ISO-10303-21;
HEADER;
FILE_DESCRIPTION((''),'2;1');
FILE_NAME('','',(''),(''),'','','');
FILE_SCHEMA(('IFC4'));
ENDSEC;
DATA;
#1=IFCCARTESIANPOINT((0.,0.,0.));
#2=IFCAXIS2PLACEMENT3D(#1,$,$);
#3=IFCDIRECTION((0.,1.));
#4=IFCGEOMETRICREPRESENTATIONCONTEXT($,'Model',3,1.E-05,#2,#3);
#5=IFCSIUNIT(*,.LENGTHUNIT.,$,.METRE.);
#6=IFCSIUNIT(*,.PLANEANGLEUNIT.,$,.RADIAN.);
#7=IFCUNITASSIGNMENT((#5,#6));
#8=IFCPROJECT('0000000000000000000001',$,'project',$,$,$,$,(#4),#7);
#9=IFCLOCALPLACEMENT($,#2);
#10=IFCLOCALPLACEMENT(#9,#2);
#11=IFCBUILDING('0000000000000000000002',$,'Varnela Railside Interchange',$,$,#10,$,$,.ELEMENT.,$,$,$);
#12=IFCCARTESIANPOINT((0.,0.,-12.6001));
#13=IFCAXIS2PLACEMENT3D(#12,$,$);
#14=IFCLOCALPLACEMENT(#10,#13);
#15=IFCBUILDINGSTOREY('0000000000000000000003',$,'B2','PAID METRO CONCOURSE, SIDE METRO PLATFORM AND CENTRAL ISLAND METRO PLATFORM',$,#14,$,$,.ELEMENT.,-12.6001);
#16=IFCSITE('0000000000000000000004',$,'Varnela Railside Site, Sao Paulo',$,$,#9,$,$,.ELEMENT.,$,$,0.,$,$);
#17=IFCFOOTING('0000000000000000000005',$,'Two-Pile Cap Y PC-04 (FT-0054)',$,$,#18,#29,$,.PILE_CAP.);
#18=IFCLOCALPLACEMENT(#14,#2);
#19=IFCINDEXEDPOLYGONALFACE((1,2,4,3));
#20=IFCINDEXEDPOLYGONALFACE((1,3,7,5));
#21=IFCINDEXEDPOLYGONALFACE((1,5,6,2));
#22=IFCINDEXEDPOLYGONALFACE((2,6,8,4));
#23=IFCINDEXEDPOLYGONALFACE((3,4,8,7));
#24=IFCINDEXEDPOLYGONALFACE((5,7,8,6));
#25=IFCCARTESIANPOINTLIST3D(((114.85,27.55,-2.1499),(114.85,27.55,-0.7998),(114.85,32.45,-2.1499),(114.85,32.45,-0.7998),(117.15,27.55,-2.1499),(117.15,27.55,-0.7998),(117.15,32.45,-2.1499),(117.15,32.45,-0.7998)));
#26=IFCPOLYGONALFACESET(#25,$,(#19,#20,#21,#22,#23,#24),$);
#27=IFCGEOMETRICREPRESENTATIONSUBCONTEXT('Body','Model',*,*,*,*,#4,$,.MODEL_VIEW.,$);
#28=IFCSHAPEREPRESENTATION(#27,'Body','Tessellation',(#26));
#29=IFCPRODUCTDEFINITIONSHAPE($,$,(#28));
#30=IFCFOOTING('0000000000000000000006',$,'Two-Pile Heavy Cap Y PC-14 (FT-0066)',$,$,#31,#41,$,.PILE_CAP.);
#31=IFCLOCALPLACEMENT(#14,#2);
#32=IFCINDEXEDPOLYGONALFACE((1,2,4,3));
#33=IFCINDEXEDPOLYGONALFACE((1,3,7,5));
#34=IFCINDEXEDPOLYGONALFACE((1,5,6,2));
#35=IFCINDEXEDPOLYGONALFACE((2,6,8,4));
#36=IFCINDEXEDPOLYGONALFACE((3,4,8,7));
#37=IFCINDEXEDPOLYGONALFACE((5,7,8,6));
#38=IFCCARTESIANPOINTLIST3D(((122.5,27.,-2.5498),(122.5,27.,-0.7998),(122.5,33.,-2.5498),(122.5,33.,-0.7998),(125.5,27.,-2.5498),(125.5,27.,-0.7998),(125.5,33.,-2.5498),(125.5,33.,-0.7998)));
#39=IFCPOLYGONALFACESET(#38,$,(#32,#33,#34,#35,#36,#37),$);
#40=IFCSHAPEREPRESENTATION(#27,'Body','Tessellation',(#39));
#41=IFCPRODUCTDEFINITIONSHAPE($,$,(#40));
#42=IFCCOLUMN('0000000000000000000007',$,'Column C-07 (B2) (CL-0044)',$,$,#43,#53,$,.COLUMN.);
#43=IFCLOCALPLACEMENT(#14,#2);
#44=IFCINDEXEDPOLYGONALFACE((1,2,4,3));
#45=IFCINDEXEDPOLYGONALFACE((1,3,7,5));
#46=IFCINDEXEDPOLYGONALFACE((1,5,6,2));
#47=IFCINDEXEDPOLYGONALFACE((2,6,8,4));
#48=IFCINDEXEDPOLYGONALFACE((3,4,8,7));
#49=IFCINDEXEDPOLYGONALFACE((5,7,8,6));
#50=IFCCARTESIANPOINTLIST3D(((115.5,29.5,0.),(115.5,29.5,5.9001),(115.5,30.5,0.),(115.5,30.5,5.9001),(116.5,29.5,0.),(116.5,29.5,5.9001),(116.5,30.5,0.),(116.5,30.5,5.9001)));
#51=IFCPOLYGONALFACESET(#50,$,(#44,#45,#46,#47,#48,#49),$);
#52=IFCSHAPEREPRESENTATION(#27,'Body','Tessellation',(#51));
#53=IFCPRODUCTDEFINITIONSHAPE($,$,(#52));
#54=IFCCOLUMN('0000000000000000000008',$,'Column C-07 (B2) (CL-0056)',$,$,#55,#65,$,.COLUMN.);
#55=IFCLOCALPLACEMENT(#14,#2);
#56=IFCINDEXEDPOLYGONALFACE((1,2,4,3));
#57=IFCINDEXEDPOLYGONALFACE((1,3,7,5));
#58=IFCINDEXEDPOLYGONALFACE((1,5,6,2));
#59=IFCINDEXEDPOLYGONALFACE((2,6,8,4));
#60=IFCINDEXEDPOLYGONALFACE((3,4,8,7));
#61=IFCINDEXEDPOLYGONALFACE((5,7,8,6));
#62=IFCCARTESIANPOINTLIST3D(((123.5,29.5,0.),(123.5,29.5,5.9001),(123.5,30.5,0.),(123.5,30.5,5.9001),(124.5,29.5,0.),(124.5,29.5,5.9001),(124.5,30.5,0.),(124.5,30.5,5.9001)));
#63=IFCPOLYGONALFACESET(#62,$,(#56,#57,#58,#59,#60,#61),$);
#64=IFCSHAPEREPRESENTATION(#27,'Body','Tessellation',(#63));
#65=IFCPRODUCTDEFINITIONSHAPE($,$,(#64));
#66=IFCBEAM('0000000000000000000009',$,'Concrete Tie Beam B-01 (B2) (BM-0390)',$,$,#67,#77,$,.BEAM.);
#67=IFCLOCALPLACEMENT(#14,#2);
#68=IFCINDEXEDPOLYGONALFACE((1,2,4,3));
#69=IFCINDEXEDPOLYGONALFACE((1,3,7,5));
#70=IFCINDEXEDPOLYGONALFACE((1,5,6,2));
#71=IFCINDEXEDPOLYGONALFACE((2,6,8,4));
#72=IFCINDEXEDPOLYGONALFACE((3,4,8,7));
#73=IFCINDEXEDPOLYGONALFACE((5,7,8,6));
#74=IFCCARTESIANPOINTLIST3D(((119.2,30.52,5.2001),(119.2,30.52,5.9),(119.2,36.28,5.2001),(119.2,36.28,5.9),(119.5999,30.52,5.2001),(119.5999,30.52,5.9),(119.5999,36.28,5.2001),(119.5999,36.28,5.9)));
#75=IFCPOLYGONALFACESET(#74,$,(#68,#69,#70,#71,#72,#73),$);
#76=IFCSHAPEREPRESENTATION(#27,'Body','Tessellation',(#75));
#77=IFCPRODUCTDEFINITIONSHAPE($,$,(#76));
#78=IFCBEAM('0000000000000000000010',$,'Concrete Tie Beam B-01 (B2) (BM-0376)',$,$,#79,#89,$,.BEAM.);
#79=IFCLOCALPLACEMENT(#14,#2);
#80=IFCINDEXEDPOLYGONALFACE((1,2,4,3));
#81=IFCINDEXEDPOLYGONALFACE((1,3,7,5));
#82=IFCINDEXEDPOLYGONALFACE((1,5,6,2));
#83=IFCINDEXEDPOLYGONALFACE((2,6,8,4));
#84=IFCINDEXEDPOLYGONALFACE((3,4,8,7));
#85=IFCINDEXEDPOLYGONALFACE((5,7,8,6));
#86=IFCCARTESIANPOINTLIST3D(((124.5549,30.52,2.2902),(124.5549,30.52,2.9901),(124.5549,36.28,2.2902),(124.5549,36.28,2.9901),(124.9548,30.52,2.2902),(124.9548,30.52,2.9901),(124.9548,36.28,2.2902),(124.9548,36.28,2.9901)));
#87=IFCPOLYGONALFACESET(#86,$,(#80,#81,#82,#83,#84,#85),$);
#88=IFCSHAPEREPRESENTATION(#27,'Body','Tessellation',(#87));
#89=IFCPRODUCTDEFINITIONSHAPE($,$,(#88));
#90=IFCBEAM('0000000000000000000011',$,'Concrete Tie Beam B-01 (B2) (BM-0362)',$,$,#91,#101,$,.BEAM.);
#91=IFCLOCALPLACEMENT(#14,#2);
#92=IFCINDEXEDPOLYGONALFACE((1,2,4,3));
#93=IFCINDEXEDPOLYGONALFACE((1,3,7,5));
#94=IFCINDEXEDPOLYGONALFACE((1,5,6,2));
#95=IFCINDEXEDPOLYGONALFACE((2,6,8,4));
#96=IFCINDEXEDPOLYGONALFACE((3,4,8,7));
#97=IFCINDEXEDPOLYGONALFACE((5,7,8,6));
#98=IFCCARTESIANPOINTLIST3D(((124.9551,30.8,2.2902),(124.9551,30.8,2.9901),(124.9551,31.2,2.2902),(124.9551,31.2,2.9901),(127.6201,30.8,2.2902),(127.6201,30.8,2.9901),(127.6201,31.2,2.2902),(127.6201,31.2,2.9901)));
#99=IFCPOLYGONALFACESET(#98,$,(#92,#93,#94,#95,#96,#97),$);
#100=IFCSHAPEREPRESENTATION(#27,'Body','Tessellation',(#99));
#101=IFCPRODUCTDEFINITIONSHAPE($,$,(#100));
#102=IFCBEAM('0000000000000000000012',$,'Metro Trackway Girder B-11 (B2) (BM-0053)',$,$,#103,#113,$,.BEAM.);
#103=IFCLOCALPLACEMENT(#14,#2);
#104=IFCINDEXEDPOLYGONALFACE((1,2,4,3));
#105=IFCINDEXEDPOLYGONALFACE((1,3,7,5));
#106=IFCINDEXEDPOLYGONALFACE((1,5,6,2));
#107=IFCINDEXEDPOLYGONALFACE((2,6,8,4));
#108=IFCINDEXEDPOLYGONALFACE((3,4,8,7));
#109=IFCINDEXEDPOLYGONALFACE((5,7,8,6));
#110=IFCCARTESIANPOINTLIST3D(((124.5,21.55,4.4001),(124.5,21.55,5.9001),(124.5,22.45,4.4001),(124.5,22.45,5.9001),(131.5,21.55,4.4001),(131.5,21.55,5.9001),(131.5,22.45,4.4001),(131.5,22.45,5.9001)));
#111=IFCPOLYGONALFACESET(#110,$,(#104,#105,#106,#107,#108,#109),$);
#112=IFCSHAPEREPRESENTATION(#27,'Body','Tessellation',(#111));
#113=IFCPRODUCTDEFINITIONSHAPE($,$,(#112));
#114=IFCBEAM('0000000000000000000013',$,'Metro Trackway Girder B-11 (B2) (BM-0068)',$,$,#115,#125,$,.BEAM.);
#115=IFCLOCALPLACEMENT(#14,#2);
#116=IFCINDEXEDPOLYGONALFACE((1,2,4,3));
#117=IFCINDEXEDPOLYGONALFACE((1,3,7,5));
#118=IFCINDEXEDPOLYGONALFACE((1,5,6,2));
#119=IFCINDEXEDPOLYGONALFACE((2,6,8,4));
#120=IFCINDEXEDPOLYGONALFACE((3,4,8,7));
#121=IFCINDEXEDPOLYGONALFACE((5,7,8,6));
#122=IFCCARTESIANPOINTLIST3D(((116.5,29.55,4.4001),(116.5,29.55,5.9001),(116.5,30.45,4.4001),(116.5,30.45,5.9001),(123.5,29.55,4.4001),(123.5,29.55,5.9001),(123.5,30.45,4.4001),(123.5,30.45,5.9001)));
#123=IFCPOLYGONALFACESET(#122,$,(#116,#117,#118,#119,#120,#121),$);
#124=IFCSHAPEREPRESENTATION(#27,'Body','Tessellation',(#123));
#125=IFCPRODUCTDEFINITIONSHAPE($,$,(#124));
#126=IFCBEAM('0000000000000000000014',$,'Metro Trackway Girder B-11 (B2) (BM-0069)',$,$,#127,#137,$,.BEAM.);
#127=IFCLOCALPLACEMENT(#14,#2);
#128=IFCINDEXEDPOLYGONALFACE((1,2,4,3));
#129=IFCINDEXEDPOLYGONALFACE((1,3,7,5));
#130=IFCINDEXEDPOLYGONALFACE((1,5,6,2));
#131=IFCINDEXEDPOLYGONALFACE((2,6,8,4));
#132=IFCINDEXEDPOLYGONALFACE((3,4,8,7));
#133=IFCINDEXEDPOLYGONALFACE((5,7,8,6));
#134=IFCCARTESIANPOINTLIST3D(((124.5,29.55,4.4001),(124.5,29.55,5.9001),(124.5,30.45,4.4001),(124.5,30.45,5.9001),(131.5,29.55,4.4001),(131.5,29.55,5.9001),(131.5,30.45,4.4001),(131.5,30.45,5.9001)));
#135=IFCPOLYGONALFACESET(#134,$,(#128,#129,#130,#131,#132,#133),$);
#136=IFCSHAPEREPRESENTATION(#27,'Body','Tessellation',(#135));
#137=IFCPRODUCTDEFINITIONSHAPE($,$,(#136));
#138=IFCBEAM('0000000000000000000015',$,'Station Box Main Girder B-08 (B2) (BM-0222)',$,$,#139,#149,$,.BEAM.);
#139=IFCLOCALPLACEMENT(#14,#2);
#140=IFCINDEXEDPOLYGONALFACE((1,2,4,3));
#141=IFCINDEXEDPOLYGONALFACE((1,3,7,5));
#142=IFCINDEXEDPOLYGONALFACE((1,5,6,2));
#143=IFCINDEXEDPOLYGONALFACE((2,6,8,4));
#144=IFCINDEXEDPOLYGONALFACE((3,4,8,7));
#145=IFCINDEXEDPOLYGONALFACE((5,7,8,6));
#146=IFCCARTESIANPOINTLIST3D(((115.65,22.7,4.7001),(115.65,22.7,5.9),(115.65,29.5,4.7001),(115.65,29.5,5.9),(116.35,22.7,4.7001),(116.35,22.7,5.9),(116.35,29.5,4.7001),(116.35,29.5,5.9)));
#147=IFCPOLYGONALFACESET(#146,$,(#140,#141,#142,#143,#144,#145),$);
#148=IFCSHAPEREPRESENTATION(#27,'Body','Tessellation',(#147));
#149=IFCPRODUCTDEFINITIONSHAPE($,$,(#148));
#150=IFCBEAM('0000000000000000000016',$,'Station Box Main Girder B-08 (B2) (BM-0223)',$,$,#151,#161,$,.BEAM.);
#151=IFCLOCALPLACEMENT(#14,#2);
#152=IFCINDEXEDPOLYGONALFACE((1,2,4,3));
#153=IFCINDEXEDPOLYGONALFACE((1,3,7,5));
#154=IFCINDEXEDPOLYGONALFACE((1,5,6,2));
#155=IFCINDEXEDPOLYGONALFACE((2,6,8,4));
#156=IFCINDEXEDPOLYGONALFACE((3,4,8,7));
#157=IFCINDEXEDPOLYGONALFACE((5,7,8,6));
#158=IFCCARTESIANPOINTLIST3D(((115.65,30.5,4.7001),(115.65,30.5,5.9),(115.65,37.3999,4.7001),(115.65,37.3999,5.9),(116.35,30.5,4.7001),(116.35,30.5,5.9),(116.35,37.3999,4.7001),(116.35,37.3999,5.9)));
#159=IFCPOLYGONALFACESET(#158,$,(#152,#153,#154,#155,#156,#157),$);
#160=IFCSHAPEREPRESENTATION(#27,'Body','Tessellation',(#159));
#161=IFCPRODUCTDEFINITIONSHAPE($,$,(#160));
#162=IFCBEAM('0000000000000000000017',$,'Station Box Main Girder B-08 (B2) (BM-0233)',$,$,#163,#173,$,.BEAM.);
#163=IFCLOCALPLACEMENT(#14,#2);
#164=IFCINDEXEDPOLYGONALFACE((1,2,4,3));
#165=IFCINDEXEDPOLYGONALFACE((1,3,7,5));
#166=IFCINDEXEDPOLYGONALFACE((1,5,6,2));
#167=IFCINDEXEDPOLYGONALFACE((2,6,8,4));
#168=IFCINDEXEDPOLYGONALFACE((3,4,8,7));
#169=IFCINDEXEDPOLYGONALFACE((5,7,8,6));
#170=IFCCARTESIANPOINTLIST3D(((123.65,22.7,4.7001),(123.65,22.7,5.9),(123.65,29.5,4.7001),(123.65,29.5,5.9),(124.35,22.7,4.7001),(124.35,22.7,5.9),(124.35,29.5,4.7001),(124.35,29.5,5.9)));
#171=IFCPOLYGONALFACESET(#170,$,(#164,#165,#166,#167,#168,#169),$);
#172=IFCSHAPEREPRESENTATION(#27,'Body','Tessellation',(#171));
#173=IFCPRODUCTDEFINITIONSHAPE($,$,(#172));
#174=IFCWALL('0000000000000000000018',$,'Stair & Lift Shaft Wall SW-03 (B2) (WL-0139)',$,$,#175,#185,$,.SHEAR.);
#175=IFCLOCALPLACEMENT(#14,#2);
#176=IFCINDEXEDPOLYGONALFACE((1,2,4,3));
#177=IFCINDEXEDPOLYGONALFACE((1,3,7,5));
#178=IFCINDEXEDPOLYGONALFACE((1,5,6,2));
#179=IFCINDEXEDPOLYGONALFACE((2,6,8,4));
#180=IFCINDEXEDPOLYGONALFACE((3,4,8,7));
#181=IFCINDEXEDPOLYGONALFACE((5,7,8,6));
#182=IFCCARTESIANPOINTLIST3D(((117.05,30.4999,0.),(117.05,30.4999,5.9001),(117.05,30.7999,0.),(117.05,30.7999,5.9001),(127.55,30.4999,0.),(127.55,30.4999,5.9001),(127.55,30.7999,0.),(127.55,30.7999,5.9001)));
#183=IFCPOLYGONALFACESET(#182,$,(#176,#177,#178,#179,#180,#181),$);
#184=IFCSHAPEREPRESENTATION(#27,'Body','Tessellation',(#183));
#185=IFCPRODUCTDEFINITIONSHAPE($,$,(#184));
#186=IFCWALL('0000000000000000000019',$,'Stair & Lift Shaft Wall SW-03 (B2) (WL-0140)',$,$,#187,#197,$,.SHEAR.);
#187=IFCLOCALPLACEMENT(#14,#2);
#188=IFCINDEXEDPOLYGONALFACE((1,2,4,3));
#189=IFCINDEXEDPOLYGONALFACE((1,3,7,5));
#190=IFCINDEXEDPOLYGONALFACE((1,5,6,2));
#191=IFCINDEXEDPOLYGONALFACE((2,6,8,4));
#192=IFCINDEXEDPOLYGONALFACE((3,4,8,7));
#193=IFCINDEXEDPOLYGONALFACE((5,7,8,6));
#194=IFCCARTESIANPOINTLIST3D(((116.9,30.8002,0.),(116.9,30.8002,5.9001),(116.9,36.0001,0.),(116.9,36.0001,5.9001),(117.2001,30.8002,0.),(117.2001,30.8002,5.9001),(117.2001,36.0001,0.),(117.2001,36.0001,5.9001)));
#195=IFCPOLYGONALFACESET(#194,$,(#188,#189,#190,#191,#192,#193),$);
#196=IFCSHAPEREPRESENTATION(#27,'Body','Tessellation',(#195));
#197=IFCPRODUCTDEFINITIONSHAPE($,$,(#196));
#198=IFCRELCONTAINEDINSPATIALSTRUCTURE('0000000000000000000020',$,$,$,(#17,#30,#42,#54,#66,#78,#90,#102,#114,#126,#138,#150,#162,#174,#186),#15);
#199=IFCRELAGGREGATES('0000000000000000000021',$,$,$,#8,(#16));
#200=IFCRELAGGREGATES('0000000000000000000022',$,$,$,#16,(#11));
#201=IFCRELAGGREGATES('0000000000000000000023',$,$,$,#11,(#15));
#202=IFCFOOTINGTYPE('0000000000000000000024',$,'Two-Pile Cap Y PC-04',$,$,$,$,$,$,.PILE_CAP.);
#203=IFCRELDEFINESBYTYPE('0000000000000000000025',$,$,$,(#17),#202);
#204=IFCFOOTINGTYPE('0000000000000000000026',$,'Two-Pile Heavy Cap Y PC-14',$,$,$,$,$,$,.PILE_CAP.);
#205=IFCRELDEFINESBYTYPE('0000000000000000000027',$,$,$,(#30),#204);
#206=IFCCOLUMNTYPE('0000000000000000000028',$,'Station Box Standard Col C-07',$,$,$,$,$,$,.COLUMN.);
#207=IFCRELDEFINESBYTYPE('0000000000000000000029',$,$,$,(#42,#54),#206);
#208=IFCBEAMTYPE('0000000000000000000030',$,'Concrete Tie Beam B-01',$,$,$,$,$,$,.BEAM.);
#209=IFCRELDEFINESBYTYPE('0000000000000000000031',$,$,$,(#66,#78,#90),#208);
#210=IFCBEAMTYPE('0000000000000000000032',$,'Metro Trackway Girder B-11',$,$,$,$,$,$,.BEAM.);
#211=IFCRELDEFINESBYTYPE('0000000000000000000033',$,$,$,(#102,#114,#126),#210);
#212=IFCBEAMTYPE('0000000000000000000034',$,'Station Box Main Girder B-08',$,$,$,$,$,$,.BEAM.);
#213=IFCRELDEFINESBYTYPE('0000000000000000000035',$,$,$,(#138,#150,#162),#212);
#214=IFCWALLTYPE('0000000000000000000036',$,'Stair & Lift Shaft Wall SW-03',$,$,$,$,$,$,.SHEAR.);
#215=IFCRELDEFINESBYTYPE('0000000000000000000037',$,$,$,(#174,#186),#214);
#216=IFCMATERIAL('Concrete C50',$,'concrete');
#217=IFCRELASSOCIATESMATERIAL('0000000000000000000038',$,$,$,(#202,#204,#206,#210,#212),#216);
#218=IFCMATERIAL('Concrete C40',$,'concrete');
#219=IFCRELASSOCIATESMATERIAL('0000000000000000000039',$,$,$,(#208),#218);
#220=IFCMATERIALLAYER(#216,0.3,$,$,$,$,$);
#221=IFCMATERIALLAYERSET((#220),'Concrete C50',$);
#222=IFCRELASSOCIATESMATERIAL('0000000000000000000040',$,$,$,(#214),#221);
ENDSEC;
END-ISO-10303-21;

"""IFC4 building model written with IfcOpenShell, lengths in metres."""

from ifc_helpers import new_model, si_unit, direction, frame, frame_2d, origin, origin_2d, place, context, subcontext, project, spatial, rectangle, extrude, material, layer, layer_set, material_profile, profile_set, type_object, element, save


model = new_model("IFC4")

# Units and contexts
model_context = context("Model", 3, precision=1e-05, world=origin(), true_north=direction((0.0, 1.0)))
body_context = subcontext(model_context, "Body", "Model", "MODEL_VIEW")
ifc_project = project(units=[si_unit("LENGTHUNIT", "METRE"), si_unit("PLANEANGLEUNIT", "RADIAN")], contexts=[model_context])

# Site, building, storey
site_placement = place(None, origin())
site = spatial("IfcSite", under=ifc_project, at=site_placement, Name="Varnela Railside Site, Sao Paulo", CompositionType="ELEMENT", RefElevation=0.0)
building_placement = place(site_placement, origin())
building = spatial("IfcBuilding", under=site, at=building_placement, Name="Varnela Railside Interchange", CompositionType="ELEMENT")
storey_placement = place(building_placement, frame((0.0, 0.0, -12.6001)))
storey = spatial("IfcBuildingStorey", under=building, at=storey_placement, Name="B2", Description="PAID METRO CONCOURSE, SIDE METRO PLATFORM AND CENTRAL ISLAND METRO PLATFORM", CompositionType="ELEMENT", Elevation=-12.6001)

# Shared definitions
ifc_material_1 = material(Name="Concrete C40", Category="concrete")

# Footings
ifc_material_2 = material(Name="Concrete C50", Category="concrete")
footing_type_1 = type_object("IfcFootingType", Name="Two-Pile Cap Y PC-04", PredefinedType="PILE_CAP", material=ifc_material_2)
footing_1_placement = place(storey_placement, frame((116.0, 30.0, -2.1499), z_axis=(0.0, 0.0, 1.0), x_axis=(1.0, 0.0, 0.0)))
element("IfcFooting", 1, at=footing_1_placement, inside=storey, type_object=footing_type_1, Name="Two-Pile Cap Y PC-04 (FT-0054)", PredefinedType="PILE_CAP", context=body_context, shape_type="SweptSolid", body=[
    extrude(rectangle(XDim=2.3, YDim=4.8999, at=origin_2d()), origin(), (0.0, 0.0, 1.0), 1.3501),
])
footing_type_2 = type_object("IfcFootingType", Name="Two-Pile Heavy Cap Y PC-14", PredefinedType="PILE_CAP", material=ifc_material_2)
footing_2_placement = place(storey_placement, frame((124.0, 30.0, -2.5498), z_axis=(0.0, 0.0, 1.0), x_axis=(1.0, 0.0, 0.0)))
element("IfcFooting", 2, at=footing_2_placement, inside=storey, type_object=footing_type_2, Name="Two-Pile Heavy Cap Y PC-14 (FT-0066)", PredefinedType="PILE_CAP", context=body_context, shape_type="SweptSolid", body=[
    extrude(rectangle(XDim=3.0, YDim=6.0, at=origin_2d()), origin(), (0.0, 0.0, 1.0), 1.75),
])

# Columns
ifc_material_profile_1 = material_profile(ifc_material_2, rectangle(XDim=1.0, YDim=1.0, at=origin_2d()), Name="RC 1000x1000")
ifc_profile_set_1 = profile_set([ifc_material_profile_1], Name="Concrete C50")
column_type = type_object("IfcColumnType", Name="Station Box Standard Col C-07", PredefinedType="COLUMN", material=ifc_profile_set_1)
for number, where, z_axis, x_axis, name in (
    (3, (116.0, 30.0, 0.0), (0.0, 0.0, 1.0), (1.0, 0.0, 0.0), "Column C-07 (B2) (CL-0044)"),
    (4, (124.0, 30.0, 0.0), (0.0, 0.0, 1.0), (1.0, 0.0, 0.0), "Column C-07 (B2) (CL-0056)"),
):
    element("IfcColumn", number, at=place(storey_placement, frame(where, z_axis=z_axis, x_axis=x_axis)), inside=storey, type_object=column_type, Name=name, PredefinedType="COLUMN", context=body_context, shape_type="SweptSolid", body=[
        extrude(rectangle(XDim=1.0, YDim=1.0, at=origin_2d()), origin(), (0.0, 0.0, 1.0), 5.9001),
    ])

# Beams
ifc_material_profile_2 = material_profile(ifc_material_1, rectangle(XDim=0.3999, YDim=0.7, at=origin_2d()), Name="RC 400x700")
ifc_profile_set_2 = profile_set([ifc_material_profile_2], Name="Concrete C40")
beam_type_1 = type_object("IfcBeamType", Name="Concrete Tie Beam B-01", PredefinedType="BEAM", material=ifc_profile_set_2)
for number, where, z_axis, x_axis, name in (
    (5, (119.3999, 30.52, 5.55), (0.0, 1.0, 0.0), (-1.0, 0.0, 0.0), "Concrete Tie Beam B-01 (B2) (BM-0390)"),
    (6, (124.7549, 30.52, 2.6401), (0.0, 1.0, 0.0), (-1.0, 0.0, 0.0), "Concrete Tie Beam B-01 (B2) (BM-0376)"),
):
    element("IfcBeam", number, at=place(storey_placement, frame(where, z_axis=z_axis, x_axis=x_axis)), inside=storey, type_object=beam_type_1, Name=name, PredefinedType="BEAM", context=body_context, shape_type="SweptSolid", body=[
        extrude(rectangle(XDim=0.3999, YDim=0.7, at=origin_2d()), origin(), (0.0, 0.0, 1.0), 5.76),
    ])
beam_1_placement = place(storey_placement, frame((124.9551, 31.0, 2.6401), z_axis=(1.0, 0.0, 0.0), x_axis=(0.0, 1.0, 0.0)))
element("IfcBeam", 7, at=beam_1_placement, inside=storey, type_object=beam_type_1, Name="Concrete Tie Beam B-01 (B2) (BM-0362)", PredefinedType="BEAM", context=body_context, shape_type="SweptSolid", body=[
    extrude(rectangle(XDim=0.3999, YDim=0.7, at=origin_2d()), origin(), (0.0, 0.0, 1.0), 2.665),
])
ifc_material_profile_3 = material_profile(ifc_material_2, rectangle(XDim=0.8999, YDim=1.5, at=origin_2d()), Name="RC 900x1500")
ifc_profile_set_3 = profile_set([ifc_material_profile_3], Name="Concrete C50")
beam_type_2 = type_object("IfcBeamType", Name="Metro Trackway Girder B-11", PredefinedType="BEAM", material=ifc_profile_set_3)
for number, where, z_axis, x_axis, name in (
    (8, (124.5, 22.0, 5.1501), (1.0, 0.0, 0.0), (0.0, 1.0, 0.0), "Metro Trackway Girder B-11 (B2) (BM-0053)"),
    (9, (116.5, 30.0, 5.1501), (1.0, 0.0, 0.0), (0.0, 1.0, 0.0), "Metro Trackway Girder B-11 (B2) (BM-0068)"),
    (10, (124.5, 30.0, 5.1501), (1.0, 0.0, 0.0), (0.0, 1.0, 0.0), "Metro Trackway Girder B-11 (B2) (BM-0069)"),
):
    element("IfcBeam", number, at=place(storey_placement, frame(where, z_axis=z_axis, x_axis=x_axis)), inside=storey, type_object=beam_type_2, Name=name, PredefinedType="BEAM", context=body_context, shape_type="SweptSolid", body=[
        extrude(rectangle(XDim=0.8999, YDim=1.5, at=origin_2d()), origin(), (0.0, 0.0, 1.0), 7.0),
    ])
ifc_material_profile_4 = material_profile(ifc_material_2, rectangle(XDim=0.7, YDim=1.2, at=origin_2d()), Name="RC 700x1200")
ifc_profile_set_4 = profile_set([ifc_material_profile_4], Name="Concrete C50")
beam_type_3 = type_object("IfcBeamType", Name="Station Box Main Girder B-08", PredefinedType="BEAM", material=ifc_profile_set_4)
beam_2_placement = place(storey_placement, frame((116.0, 22.7, 5.3), z_axis=(0.0, 1.0, 0.0), x_axis=(-1.0, 0.0, 0.0)))
element("IfcBeam", 11, at=beam_2_placement, inside=storey, type_object=beam_type_3, Name="Station Box Main Girder B-08 (B2) (BM-0222)", PredefinedType="BEAM", context=body_context, shape_type="SweptSolid", body=[
    extrude(rectangle(XDim=0.7, YDim=1.2, at=origin_2d()), origin(), (0.0, 0.0, 1.0), 6.8),
])
beam_3_placement = place(storey_placement, frame((116.0, 30.5, 5.3), z_axis=(0.0, 1.0, 0.0), x_axis=(-1.0, 0.0, 0.0)))
element("IfcBeam", 12, at=beam_3_placement, inside=storey, type_object=beam_type_3, Name="Station Box Main Girder B-08 (B2) (BM-0223)", PredefinedType="BEAM", context=body_context, shape_type="SweptSolid", body=[
    extrude(rectangle(XDim=0.7, YDim=1.2, at=origin_2d()), origin(), (0.0, 0.0, 1.0), 6.8999),
])
beam_4_placement = place(storey_placement, frame((124.0, 22.7, 5.3), z_axis=(0.0, 1.0, 0.0), x_axis=(-1.0, 0.0, 0.0)))
element("IfcBeam", 13, at=beam_4_placement, inside=storey, type_object=beam_type_3, Name="Station Box Main Girder B-08 (B2) (BM-0233)", PredefinedType="BEAM", context=body_context, shape_type="SweptSolid", body=[
    extrude(rectangle(XDim=0.7, YDim=1.2, at=origin_2d()), origin(), (0.0, 0.0, 1.0), 6.8),
])

# Walls
ifc_layer = layer(ifc_material_2, 0.3)
ifc_layer_set = layer_set([ifc_layer], Name="Concrete C50")
wall_type = type_object("IfcWallType", Name="Stair & Lift Shaft Wall SW-03", PredefinedType="SHEAR", material=ifc_layer_set)
wall_placement = place(storey_placement, frame((117.05, 30.6499, 0.0), z_axis=(0.0, 0.0, 1.0), x_axis=(1.0, 0.0, 0.0)))
element("IfcWall", 14, at=wall_placement, inside=storey, type_object=wall_type, Name="Stair & Lift Shaft Wall SW-03 (B2) (WL-0139)", PredefinedType="SHEAR", context=body_context, shape_type="SweptSolid", body=[
    extrude(rectangle(XDim=10.5, YDim=0.3, at=frame_2d((5.25, 0.0))), origin(), (0.0, 0.0, 1.0), 5.9001),
])
for number, where, z_axis, x_axis, name in (
    (15, (117.05, 30.8, 0.0), (0.0, 0.0, 1.0), (0.0, 1.0, 0.0), "Stair & Lift Shaft Wall SW-03 (B2) (WL-0140)"),
):
    element("IfcWall", number, at=place(storey_placement, frame(where, z_axis=z_axis, x_axis=x_axis)), inside=storey, type_object=wall_type, Name=name, PredefinedType="SHEAR", context=body_context, shape_type="SweptSolid", body=[
        extrude(rectangle(XDim=5.2, YDim=0.3, at=frame_2d((2.6001, 0.0))), origin(), (0.0, 0.0, 1.0), 5.9001),
    ])

save(model, "model.ifc")
